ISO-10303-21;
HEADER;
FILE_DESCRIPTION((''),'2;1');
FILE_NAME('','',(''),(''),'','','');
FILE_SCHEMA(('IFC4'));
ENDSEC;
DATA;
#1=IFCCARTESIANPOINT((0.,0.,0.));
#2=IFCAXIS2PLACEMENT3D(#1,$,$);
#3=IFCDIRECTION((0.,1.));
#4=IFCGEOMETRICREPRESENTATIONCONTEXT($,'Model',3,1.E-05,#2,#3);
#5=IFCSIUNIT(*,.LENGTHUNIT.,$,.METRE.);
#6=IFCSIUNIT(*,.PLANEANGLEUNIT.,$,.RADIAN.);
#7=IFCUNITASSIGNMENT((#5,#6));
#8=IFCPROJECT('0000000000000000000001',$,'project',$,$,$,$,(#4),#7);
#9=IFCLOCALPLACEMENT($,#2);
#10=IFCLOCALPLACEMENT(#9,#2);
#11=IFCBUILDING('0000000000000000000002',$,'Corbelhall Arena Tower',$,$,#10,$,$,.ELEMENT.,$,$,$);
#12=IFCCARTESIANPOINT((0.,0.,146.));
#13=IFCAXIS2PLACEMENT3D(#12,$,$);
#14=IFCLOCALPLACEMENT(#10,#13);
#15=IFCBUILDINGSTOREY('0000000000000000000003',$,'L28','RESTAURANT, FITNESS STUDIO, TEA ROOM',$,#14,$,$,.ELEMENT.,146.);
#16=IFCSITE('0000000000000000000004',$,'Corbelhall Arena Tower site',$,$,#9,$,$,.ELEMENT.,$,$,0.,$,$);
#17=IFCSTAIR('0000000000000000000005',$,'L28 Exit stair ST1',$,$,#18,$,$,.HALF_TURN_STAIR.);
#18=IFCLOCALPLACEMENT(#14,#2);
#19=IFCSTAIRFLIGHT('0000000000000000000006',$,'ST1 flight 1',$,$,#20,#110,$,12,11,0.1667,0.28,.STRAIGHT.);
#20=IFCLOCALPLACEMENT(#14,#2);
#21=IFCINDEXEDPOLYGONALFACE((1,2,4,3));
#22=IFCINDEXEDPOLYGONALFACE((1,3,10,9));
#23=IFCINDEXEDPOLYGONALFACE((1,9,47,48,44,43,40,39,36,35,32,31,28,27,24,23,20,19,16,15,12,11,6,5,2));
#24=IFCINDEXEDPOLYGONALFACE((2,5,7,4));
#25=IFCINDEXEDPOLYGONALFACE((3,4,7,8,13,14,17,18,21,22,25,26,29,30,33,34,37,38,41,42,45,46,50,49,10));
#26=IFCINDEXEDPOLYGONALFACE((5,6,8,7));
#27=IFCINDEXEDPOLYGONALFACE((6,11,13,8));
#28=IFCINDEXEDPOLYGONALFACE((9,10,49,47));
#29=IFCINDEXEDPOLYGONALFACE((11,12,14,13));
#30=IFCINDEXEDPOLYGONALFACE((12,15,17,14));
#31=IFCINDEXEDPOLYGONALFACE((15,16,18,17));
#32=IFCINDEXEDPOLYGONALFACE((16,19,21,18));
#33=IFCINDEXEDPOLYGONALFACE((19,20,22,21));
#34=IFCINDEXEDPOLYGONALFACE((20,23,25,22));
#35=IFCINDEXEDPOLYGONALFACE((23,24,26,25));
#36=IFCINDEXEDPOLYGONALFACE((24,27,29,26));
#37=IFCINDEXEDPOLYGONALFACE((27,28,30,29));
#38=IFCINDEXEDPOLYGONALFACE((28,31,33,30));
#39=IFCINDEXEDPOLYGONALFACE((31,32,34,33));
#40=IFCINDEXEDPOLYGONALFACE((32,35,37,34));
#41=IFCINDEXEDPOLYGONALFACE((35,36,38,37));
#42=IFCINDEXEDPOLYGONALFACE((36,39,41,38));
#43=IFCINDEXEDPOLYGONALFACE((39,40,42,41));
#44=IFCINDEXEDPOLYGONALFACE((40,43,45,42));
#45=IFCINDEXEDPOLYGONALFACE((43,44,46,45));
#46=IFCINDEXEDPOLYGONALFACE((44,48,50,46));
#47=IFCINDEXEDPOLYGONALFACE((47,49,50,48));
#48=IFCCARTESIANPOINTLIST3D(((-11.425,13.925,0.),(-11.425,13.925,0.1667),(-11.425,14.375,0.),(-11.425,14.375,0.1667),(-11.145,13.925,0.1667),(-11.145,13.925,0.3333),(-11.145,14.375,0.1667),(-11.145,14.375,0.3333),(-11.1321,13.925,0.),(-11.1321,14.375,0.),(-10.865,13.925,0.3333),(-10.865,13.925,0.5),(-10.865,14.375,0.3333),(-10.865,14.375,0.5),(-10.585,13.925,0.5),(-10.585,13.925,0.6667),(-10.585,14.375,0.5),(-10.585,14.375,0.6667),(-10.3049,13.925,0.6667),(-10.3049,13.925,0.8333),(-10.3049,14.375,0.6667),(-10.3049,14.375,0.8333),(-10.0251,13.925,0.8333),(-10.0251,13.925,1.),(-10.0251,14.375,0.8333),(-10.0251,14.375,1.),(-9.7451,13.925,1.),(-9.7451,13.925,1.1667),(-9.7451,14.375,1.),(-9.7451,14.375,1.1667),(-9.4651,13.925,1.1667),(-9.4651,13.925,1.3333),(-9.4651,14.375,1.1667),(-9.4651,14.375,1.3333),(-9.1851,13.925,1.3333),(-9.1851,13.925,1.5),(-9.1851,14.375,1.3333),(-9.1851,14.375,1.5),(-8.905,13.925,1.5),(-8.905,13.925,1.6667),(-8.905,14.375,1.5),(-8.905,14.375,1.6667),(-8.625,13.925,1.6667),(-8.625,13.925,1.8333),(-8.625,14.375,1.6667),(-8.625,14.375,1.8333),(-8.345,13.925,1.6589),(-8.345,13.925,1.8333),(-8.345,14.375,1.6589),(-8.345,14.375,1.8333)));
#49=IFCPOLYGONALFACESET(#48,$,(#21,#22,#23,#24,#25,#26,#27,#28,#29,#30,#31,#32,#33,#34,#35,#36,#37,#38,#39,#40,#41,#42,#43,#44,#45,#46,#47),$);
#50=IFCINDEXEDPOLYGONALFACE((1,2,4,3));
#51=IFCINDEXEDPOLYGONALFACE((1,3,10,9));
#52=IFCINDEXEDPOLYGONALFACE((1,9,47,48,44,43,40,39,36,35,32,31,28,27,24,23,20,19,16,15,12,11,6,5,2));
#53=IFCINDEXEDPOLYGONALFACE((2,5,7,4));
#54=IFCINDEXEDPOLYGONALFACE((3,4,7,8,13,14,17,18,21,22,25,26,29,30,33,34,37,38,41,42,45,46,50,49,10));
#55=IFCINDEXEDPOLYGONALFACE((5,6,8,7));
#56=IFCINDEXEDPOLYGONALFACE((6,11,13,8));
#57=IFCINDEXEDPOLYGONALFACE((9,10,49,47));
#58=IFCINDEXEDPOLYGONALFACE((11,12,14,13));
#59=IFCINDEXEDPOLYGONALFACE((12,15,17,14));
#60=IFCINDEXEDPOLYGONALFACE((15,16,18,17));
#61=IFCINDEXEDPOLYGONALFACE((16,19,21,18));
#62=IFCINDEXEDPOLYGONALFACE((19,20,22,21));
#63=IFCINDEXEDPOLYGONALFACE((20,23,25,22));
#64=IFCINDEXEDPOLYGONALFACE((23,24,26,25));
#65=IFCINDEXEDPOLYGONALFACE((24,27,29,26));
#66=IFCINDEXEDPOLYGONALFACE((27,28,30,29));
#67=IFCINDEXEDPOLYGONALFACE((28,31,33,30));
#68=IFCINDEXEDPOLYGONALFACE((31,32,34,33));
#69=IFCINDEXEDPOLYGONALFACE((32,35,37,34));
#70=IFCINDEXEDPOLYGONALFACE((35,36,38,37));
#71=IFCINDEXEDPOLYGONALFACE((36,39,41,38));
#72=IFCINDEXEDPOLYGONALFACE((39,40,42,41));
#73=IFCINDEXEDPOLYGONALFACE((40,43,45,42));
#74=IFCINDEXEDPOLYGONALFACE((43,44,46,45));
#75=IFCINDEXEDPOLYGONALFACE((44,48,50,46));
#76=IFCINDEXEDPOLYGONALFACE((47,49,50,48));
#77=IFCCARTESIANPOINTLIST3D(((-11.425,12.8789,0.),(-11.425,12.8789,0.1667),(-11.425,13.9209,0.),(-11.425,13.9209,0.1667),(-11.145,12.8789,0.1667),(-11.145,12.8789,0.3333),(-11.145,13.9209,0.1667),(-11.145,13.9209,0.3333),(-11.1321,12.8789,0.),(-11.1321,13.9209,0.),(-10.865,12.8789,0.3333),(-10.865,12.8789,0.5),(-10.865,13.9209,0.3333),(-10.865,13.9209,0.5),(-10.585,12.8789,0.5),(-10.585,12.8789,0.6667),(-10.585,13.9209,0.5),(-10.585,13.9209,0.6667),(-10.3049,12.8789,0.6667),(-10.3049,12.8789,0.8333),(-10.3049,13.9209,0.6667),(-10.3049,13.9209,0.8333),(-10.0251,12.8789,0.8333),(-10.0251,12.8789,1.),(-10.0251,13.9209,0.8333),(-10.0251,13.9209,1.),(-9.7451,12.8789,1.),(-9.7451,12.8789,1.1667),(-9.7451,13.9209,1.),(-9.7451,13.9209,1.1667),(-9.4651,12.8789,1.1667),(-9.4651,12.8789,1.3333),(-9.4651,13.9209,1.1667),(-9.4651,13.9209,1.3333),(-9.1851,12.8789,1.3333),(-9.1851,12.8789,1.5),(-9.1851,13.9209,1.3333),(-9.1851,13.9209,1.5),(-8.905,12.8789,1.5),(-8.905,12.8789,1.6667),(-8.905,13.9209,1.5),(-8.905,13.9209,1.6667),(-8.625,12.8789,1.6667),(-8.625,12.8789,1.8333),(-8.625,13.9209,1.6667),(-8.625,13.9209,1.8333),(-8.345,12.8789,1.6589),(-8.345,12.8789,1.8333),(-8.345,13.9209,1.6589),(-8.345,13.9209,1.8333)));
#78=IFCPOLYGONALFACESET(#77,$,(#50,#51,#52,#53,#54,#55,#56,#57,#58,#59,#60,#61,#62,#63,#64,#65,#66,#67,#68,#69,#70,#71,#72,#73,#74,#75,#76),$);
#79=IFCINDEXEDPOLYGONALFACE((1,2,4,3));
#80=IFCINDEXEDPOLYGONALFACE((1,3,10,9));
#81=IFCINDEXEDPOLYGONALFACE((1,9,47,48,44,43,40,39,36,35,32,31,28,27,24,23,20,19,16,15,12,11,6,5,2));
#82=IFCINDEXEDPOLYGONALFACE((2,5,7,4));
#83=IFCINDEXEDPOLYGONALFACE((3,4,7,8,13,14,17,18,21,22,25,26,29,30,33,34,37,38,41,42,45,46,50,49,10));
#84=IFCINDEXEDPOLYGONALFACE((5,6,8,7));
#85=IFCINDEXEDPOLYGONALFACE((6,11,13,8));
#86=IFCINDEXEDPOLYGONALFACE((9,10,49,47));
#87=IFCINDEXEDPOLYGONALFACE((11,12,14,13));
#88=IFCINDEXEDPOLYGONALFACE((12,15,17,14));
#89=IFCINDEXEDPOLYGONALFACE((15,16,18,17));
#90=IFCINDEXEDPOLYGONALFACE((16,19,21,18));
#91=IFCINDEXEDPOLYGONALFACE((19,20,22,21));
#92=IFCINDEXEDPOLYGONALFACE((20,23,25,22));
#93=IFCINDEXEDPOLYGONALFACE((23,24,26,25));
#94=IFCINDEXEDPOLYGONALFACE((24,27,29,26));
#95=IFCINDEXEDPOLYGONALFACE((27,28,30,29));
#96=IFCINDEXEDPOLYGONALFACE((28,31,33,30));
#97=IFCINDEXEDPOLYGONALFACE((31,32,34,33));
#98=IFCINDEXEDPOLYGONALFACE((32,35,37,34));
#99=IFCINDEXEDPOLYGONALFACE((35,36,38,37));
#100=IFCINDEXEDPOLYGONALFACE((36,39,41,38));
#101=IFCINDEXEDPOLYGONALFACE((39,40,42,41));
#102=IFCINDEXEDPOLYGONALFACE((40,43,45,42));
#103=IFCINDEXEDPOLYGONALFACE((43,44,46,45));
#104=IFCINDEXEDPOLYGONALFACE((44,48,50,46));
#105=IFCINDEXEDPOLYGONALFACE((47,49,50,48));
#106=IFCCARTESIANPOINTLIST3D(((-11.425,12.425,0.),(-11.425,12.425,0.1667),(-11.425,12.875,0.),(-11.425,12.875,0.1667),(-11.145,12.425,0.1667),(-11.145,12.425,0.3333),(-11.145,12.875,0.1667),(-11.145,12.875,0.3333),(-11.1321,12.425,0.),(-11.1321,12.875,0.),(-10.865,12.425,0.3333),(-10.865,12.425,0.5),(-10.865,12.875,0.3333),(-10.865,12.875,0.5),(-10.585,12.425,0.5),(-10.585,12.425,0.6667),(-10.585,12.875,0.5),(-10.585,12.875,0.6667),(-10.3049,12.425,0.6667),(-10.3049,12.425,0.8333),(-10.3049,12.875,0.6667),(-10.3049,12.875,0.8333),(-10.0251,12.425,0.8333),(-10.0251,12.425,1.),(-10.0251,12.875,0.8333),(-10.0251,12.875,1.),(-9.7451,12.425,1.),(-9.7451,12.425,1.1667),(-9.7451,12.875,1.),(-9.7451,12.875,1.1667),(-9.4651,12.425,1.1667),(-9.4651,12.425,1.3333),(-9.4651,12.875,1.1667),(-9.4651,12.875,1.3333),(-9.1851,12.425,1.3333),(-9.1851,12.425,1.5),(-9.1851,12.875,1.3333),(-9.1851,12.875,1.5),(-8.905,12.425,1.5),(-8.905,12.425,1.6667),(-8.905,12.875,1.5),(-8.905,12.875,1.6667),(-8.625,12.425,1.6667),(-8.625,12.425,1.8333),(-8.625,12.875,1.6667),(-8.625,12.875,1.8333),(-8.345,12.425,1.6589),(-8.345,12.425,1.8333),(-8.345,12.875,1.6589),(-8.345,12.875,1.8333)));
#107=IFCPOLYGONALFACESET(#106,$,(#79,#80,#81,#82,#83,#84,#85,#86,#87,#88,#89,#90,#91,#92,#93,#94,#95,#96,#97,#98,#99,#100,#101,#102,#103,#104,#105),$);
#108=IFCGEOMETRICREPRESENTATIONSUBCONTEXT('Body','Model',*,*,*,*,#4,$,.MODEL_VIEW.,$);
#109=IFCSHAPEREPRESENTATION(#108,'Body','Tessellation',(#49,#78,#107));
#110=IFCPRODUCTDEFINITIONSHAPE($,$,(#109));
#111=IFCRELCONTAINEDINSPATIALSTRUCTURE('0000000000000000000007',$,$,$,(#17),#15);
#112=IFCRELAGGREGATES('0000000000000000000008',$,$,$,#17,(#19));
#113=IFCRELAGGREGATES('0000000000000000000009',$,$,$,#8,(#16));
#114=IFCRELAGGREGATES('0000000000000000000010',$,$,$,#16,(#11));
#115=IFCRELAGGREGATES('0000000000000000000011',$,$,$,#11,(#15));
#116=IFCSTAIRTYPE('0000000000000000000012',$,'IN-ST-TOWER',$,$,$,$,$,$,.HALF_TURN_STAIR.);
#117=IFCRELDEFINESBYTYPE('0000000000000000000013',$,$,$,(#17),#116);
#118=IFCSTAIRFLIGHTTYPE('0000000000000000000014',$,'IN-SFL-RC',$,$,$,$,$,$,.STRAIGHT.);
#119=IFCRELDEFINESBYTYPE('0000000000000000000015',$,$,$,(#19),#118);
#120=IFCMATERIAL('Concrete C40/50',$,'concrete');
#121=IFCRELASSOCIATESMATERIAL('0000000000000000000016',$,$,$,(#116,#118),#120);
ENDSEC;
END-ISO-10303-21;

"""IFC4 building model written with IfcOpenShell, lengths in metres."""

from ifc_helpers import new_model, si_unit, direction, frame, origin, place, context, subcontext, project, spatial, polyline, outline, extrude, material, type_object, element, aggregate, save


model = new_model("IFC4")

# Units and contexts
model_context = context("Model", 3, precision=1e-05, world=origin(), true_north=direction((0.0, 1.0)))
body_context = subcontext(model_context, "Body", "Model", "MODEL_VIEW")
ifc_project = project(units=[si_unit("LENGTHUNIT", "METRE"), si_unit("PLANEANGLEUNIT", "RADIAN")], contexts=[model_context])

# Site, building, storey
site_placement = place(None, origin())
site = spatial("IfcSite", under=ifc_project, at=site_placement, Name="Corbelhall Arena Tower site", CompositionType="ELEMENT", RefElevation=0.0)
building_placement = place(site_placement, origin())
building = spatial("IfcBuilding", under=site, at=building_placement, Name="Corbelhall Arena Tower", CompositionType="ELEMENT")
storey_placement = place(building_placement, frame((0.0, 0.0, 146.0)))
storey = spatial("IfcBuildingStorey", under=building, at=storey_placement, Name="L28", Description="RESTAURANT, FITNESS STUDIO, TEA ROOM", CompositionType="ELEMENT", Elevation=146.0)

# Shared definitions
ifc_material_1 = material(Name="Concrete C40/50", Category="concrete")

# Stair, stair flight
stair_type = type_object("IfcStairType", Name="IN-ST-TOWER", PredefinedType="HALF_TURN_STAIR", material=ifc_material_1)
stair_placement = place(storey_placement, origin())
stair = element("IfcStair", 1, at=stair_placement, inside=storey, type_object=stair_type, Name="L28 Exit stair ST1", PredefinedType="HALF_TURN_STAIR")
stair_flight_type = type_object("IfcStairFlightType", Name="IN-SFL-RC", PredefinedType="STRAIGHT", material=ifc_material_1)
stair_flight_placement = place(storey_placement, frame((-11.425, 13.3999, 0.0), z_axis=(0.0, 0.0, 1.0), x_axis=(1.0, 0.0, 0.0)))
stair_flight = element("IfcStairFlight", 2, at=stair_flight_placement, type_object=stair_flight_type, Name="ST1 flight 1", NumberOfRisers=12, NumberOfTreads=11, PredefinedType="STRAIGHT", RiserHeight=0.1667, TreadLength=0.28, context=body_context, shape_type="SweptSolid", body=[
    extrude(outline(polyline([(0.0, 0.0), (0.0, 0.1667), (0.28, 0.1667), (0.28, 0.3333), (0.5601, 0.3333), (0.5601, 0.5), (0.8401, 0.5), (0.8401, 0.6667), (1.1201, 0.6667), (1.1201, 0.8333), (1.3999, 0.8333), (1.3999, 1.0), (1.6799, 1.0), (1.6799, 1.1667), (1.96, 1.1667), (1.96, 1.3333), (2.24, 1.3333), (2.24, 1.5), (2.52, 1.5), (2.52, 1.6667), (2.8, 1.6667), (2.8, 1.8333), (3.0801, 1.8333), (3.0801, 2.0), (3.0801, 1.6589), (0.293, 0.0), (0.0, 0.0)])), frame((0.0, 0.9751, 0.0), z_axis=(0.0, -1.0, 0.0), x_axis=(1.0, 0.0, 0.0)), (0.0, 0.0, 1.0), 0.45),
    extrude(outline(polyline([(0.0, 0.0), (0.0, 0.1667), (0.28, 0.1667), (0.28, 0.3333), (0.5601, 0.3333), (0.5601, 0.5), (0.8401, 0.5), (0.8401, 0.6667), (1.1201, 0.6667), (1.1201, 0.8333), (1.3999, 0.8333), (1.3999, 1.0), (1.6799, 1.0), (1.6799, 1.1667), (1.96, 1.1667), (1.96, 1.3333), (2.24, 1.3333), (2.24, 1.5), (2.52, 1.5), (2.52, 1.6667), (2.8, 1.6667), (2.8, 1.8333), (3.0801, 1.8333), (3.0801, 2.0), (3.0801, 1.6589), (0.293, 0.0), (0.0, 0.0)])), frame((0.0, 0.521, 0.0), z_axis=(0.0, -1.0, 0.0), x_axis=(1.0, 0.0, 0.0)), (0.0, 0.0, 1.0), 1.042),
    extrude(outline(polyline([(0.0, 0.0), (0.0, 0.1667), (0.28, 0.1667), (0.28, 0.3333), (0.5601, 0.3333), (0.5601, 0.5), (0.8401, 0.5), (0.8401, 0.6667), (1.1201, 0.6667), (1.1201, 0.8333), (1.3999, 0.8333), (1.3999, 1.0), (1.6799, 1.0), (1.6799, 1.1667), (1.96, 1.1667), (1.96, 1.3333), (2.24, 1.3333), (2.24, 1.5), (2.52, 1.5), (2.52, 1.6667), (2.8, 1.6667), (2.8, 1.8333), (3.0801, 1.8333), (3.0801, 2.0), (3.0801, 1.6589), (0.293, 0.0), (0.0, 0.0)])), frame((0.0, -0.5249, 0.0), z_axis=(0.0, -1.0, 0.0), x_axis=(1.0, 0.0, 0.0)), (0.0, 0.0, 1.0), 0.45),
])
aggregate(stair, [stair_flight])

save(model, "model.ifc")
